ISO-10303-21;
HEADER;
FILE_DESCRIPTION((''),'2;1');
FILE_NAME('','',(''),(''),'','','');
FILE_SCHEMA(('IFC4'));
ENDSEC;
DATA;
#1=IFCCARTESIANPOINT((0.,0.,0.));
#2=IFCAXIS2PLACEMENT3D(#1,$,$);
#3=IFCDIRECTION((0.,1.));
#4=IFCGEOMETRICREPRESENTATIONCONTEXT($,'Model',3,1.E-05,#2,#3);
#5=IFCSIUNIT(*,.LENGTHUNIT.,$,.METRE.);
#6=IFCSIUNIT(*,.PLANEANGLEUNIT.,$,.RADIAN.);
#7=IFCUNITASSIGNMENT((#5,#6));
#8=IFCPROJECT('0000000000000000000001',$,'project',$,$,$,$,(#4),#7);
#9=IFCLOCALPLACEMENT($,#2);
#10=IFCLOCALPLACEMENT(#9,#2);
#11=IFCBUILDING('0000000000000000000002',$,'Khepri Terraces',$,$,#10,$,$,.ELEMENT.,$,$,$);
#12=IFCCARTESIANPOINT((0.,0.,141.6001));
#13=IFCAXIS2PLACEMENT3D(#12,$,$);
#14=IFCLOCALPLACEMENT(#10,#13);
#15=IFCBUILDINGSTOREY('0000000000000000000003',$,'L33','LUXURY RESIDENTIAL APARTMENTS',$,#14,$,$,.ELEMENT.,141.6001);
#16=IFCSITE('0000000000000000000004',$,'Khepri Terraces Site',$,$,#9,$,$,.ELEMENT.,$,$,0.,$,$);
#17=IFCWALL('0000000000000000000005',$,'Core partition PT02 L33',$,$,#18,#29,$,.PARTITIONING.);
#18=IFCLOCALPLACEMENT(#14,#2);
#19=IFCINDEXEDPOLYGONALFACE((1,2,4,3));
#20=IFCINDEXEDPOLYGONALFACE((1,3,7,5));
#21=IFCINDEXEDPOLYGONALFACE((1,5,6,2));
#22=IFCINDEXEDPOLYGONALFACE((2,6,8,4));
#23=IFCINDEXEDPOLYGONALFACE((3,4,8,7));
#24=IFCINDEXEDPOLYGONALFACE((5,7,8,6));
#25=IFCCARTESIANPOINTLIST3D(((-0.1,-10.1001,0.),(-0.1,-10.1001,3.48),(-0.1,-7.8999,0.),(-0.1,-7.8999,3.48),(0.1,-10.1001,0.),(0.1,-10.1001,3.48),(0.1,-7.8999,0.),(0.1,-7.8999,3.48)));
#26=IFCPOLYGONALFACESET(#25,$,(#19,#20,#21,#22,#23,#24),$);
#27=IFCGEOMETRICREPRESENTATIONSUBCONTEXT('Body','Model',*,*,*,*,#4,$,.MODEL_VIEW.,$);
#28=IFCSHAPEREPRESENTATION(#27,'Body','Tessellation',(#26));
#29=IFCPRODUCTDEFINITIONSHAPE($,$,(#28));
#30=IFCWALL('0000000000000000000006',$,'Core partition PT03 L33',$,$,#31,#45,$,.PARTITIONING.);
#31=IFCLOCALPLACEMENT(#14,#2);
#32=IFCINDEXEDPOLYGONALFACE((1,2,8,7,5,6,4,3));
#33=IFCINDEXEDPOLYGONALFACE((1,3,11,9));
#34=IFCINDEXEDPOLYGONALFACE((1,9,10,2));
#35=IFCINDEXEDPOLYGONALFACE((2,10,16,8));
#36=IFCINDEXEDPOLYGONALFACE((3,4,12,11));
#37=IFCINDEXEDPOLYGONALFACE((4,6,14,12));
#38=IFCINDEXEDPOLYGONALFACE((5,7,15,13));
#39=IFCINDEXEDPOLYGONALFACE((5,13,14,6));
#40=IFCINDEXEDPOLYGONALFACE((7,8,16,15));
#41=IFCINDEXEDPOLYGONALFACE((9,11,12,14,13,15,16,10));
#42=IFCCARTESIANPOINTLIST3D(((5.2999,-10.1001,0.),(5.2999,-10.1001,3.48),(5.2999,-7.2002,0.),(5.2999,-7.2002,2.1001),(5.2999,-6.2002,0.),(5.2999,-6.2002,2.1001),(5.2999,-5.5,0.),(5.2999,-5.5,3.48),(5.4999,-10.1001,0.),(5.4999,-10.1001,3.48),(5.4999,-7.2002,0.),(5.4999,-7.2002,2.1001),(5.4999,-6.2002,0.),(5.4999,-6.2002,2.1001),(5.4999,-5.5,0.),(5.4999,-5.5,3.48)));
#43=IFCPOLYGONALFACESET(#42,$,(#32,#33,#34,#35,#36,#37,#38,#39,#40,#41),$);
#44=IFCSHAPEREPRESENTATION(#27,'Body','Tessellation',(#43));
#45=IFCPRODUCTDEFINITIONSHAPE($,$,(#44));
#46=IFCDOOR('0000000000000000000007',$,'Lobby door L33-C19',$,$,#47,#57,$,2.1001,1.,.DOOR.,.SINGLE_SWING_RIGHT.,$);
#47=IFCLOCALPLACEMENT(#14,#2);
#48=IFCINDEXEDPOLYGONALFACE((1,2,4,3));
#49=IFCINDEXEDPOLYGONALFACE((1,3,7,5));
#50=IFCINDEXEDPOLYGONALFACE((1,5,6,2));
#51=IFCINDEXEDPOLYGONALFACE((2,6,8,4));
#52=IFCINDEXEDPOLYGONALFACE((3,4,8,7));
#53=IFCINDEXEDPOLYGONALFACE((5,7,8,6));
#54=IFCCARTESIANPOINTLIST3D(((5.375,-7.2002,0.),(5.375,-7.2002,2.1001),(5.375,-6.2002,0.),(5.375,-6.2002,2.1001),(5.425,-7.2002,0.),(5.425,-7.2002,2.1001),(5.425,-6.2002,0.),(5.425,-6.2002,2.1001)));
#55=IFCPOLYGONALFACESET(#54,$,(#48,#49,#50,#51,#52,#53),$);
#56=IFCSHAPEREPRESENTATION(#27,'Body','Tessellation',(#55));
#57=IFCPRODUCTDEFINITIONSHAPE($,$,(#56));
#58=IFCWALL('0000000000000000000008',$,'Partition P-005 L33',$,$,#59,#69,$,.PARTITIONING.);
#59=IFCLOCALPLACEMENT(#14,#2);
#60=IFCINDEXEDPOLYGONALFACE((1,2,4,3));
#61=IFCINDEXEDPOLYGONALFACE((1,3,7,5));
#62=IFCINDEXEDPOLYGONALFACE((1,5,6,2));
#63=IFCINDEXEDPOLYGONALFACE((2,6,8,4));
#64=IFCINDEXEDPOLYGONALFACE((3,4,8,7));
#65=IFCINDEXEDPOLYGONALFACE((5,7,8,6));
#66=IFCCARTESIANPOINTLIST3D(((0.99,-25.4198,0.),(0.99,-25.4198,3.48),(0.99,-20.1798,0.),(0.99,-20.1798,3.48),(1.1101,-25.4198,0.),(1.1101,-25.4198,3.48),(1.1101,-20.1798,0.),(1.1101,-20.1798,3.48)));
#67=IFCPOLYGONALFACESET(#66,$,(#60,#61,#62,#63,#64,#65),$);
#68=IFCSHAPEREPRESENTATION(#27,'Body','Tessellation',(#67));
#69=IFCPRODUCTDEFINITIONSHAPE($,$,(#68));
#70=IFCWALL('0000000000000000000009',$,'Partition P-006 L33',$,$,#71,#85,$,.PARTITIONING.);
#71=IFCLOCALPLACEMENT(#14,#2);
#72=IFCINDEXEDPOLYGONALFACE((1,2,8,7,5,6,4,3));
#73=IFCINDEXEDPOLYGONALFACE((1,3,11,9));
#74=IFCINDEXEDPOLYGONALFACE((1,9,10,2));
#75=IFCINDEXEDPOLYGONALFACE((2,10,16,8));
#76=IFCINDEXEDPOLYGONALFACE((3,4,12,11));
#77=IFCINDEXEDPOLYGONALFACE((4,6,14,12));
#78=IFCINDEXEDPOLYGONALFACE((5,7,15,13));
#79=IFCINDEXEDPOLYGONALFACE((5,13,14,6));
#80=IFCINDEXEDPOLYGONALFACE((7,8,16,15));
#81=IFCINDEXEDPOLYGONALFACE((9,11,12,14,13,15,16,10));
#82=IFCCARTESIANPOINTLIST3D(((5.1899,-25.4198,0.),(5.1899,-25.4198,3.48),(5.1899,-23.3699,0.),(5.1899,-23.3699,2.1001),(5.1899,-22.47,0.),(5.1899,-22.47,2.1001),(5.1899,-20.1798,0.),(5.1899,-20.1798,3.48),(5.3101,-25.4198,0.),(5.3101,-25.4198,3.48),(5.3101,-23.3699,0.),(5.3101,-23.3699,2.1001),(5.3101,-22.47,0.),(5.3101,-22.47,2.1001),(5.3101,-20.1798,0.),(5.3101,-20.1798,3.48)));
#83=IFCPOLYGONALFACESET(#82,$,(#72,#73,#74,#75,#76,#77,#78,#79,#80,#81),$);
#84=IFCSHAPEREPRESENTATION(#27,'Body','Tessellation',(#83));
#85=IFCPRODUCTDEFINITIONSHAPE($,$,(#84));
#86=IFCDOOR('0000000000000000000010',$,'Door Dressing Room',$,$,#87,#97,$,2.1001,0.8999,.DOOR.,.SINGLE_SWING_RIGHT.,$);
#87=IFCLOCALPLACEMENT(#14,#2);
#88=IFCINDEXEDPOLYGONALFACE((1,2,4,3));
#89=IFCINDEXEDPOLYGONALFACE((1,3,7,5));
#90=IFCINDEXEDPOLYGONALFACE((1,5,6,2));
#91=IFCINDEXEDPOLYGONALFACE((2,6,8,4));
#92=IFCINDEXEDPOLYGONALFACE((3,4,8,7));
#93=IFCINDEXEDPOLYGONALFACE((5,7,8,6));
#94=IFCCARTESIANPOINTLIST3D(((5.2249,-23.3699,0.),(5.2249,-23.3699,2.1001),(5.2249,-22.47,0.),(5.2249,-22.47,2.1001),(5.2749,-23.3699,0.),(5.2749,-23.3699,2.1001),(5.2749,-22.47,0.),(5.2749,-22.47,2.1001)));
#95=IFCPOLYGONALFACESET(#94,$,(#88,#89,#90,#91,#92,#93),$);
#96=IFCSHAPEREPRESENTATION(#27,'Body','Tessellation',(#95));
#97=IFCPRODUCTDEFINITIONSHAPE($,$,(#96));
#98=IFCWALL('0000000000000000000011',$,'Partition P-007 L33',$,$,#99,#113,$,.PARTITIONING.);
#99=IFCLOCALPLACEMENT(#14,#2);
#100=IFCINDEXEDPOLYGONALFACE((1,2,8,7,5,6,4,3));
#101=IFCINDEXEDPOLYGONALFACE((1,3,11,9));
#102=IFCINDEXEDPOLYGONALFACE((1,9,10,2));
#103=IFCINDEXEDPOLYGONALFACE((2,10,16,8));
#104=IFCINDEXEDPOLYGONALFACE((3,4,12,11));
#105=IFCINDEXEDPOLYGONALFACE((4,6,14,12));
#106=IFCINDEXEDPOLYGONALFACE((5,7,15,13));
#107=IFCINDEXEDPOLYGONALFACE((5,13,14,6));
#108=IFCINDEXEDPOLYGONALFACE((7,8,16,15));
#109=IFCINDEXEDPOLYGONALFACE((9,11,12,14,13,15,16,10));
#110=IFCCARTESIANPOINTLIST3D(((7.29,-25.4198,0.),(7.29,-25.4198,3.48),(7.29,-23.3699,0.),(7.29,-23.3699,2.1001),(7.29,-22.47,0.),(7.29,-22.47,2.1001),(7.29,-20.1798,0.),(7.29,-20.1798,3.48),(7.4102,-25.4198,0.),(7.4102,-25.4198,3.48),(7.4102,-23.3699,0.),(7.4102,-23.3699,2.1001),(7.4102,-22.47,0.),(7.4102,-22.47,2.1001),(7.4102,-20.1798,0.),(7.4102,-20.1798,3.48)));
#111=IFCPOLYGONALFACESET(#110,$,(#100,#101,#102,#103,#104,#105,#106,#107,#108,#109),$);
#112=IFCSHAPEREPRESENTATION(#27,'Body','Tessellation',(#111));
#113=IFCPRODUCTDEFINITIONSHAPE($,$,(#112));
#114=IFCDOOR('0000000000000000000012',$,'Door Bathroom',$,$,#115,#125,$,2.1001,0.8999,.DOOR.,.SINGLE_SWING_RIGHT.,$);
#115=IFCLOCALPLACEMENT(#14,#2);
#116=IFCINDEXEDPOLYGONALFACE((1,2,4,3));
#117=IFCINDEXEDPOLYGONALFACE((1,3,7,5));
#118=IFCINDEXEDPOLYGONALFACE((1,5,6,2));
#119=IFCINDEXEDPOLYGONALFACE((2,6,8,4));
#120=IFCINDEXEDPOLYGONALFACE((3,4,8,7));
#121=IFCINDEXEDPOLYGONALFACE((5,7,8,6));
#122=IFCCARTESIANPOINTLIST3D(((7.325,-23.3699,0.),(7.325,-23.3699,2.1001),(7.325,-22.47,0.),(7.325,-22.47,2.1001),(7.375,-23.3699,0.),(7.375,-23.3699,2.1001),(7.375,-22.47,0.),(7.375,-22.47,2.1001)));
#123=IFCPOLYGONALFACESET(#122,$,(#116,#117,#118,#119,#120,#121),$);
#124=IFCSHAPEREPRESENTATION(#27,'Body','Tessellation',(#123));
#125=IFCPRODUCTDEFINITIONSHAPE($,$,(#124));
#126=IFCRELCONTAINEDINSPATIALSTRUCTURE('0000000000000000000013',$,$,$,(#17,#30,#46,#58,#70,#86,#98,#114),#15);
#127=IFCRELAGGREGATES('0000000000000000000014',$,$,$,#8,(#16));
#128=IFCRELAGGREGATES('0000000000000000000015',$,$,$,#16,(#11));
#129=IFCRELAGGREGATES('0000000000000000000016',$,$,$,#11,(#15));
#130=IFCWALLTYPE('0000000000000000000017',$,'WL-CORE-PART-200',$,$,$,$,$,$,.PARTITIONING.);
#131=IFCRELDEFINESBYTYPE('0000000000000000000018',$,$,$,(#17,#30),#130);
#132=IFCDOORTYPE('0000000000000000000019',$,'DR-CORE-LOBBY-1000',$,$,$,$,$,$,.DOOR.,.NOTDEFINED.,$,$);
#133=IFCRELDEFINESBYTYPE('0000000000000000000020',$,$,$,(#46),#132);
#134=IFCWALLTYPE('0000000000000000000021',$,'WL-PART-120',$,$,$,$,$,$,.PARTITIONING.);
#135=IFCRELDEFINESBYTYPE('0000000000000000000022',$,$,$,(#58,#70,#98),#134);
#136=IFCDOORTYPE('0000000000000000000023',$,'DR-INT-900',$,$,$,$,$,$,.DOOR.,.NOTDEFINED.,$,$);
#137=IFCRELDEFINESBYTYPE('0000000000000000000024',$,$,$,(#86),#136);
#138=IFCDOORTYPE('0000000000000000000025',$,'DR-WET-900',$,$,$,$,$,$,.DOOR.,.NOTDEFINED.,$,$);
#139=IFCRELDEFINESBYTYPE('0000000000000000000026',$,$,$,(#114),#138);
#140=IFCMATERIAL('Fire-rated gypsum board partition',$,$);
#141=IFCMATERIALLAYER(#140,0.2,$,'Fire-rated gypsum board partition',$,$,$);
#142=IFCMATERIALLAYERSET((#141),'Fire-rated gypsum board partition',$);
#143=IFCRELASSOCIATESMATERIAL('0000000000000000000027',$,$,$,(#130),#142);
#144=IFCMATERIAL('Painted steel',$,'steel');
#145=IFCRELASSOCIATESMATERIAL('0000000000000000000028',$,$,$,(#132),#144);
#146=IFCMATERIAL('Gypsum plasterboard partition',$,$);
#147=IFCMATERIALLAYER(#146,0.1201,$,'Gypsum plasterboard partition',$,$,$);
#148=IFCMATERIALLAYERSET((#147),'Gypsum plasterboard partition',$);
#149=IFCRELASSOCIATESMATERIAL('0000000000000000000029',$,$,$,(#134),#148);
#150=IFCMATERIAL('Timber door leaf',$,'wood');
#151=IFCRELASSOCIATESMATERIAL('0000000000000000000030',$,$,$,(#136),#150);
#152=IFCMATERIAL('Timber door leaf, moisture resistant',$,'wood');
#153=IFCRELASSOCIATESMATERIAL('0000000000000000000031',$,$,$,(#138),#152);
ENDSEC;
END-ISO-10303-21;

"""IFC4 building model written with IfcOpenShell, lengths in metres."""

from ifc_helpers import new_model, si_unit, direction, frame, frame_2d, origin, place, context, subcontext, project, spatial, rectangle, extrude, material, layer, layer_set, type_object, element, fill, save


model = new_model("IFC4")

# Units and contexts
model_context = context("Model", 3, precision=1e-05, world=origin(), true_north=direction((0.0, 1.0)))
body_context = subcontext(model_context, "Body", "Model", "MODEL_VIEW")
ifc_project = project(units=[si_unit("LENGTHUNIT", "METRE"), si_unit("PLANEANGLEUNIT", "RADIAN")], contexts=[model_context])

# Site, building, storey
site_placement = place(None, origin())
site = spatial("IfcSite", under=ifc_project, at=site_placement, Name="Khepri Terraces Site", CompositionType="ELEMENT", RefElevation=0.0)
building_placement = place(site_placement, origin())
building = spatial("IfcBuilding", under=site, at=building_placement, Name="Khepri Terraces", CompositionType="ELEMENT")
storey_placement = place(building_placement, frame((0.0, 0.0, 141.6001)))
storey = spatial("IfcBuildingStorey", under=building, at=storey_placement, Name="L33", Description="LUXURY RESIDENTIAL APARTMENTS", CompositionType="ELEMENT", Elevation=141.6001)

# Wall
ifc_material_1 = material(Name="Fire-rated gypsum board partition")
ifc_layer_1 = layer(ifc_material_1, 0.2, Name="Fire-rated gypsum board partition")
ifc_layer_set_1 = layer_set([ifc_layer_1], Name="Fire-rated gypsum board partition")
wall_type_1 = type_object("IfcWallType", Name="WL-CORE-PART-200", PredefinedType="PARTITIONING", material=ifc_layer_set_1)
wall_1_placement = place(storey_placement, frame((0.0, -10.1001, 0.0), z_axis=(0.0, 0.0, 1.0), x_axis=(0.0, 1.0, 0.0)))
element("IfcWall", 1, at=wall_1_placement, inside=storey, type_object=wall_type_1, Name="Core partition PT02 L33", PredefinedType="PARTITIONING", context=body_context, shape_type="SweptSolid", body=[
    extrude(rectangle(XDim=2.2002, YDim=0.2, at=frame_2d((1.1001, 0.0))), origin(), (0.0, 0.0, 1.0), 3.48),
])

# Wall, opening, door
wall_2_placement = place(storey_placement, frame((5.3999, -10.1001, 0.0), z_axis=(0.0, 0.0, 1.0), x_axis=(0.0, 1.0, 0.0)))
wall_2 = element("IfcWall", 2, at=wall_2_placement, inside=storey, type_object=wall_type_1, Name="Core partition PT03 L33", PredefinedType="PARTITIONING", context=body_context, shape_type="SweptSolid", body=[
    extrude(rectangle(XDim=4.6001, YDim=0.2, at=frame_2d((2.3, 0.0))), origin(), (0.0, 0.0, 1.0), 3.48),
])
opening_1_placement = place(wall_2_placement, frame((2.8999, 0.0, 0.0)))
opening_1 = element("IfcOpeningElement", 3, at=opening_1_placement, cuts=wall_2, PredefinedType="OPENING", context=body_context, shape_type="SweptSolid", body=[
    extrude(rectangle(XDim=1.0, YDim=2.1001, at=frame_2d((0.5, 1.05))), frame((0.0, 0.1099, 0.0), z_axis=(0.0, -1.0, 0.0), x_axis=(1.0, 0.0, 0.0)), (0.0, 0.0, 1.0), 0.22),
])
ifc_material_2 = material(Name="Painted steel", Category="steel")
door_type_1 = type_object("IfcDoorType", Name="DR-CORE-LOBBY-1000", OperationType="NOTDEFINED", PredefinedType="DOOR", material=ifc_material_2)
door_1_placement = place(opening_1_placement, origin())
door_1 = element("IfcDoor", 4, at=door_1_placement, inside=storey, type_object=door_type_1, Name="Lobby door L33-C19", OperationType="SINGLE_SWING_RIGHT", OverallHeight=2.1001, OverallWidth=1.0, PredefinedType="DOOR", context=body_context, shape_type="SweptSolid", body=[
    extrude(rectangle(XDim=1.0, YDim=2.1001, at=frame_2d((0.5, 1.05))), frame((0.0, 0.0249, 0.0), z_axis=(0.0, -1.0, 0.0), x_axis=(1.0, 0.0, 0.0)), (0.0, 0.0, 1.0), 0.05),
])
fill(opening_1, door_1)

# Wall
ifc_material_3 = material(Name="Gypsum plasterboard partition")
ifc_layer_2 = layer(ifc_material_3, 0.1201, Name="Gypsum plasterboard partition")
ifc_layer_set_2 = layer_set([ifc_layer_2], Name="Gypsum plasterboard partition")
wall_type_2 = type_object("IfcWallType", Name="WL-PART-120", PredefinedType="PARTITIONING", material=ifc_layer_set_2)
wall_3_placement = place(storey_placement, frame((1.05, -25.4199, 0.0), z_axis=(0.0, 0.0, 1.0), x_axis=(0.0, 1.0, 0.0)))
element("IfcWall", 5, at=wall_3_placement, inside=storey, type_object=wall_type_2, Name="Partition P-005 L33", PredefinedType="PARTITIONING", context=body_context, shape_type="SweptSolid", body=[
    extrude(rectangle(XDim=5.24, YDim=0.1201, at=frame_2d((2.6201, 0.0))), origin(), (0.0, 0.0, 1.0), 3.48),
])

# Walls, openings, doors
wall_4_placement = place(storey_placement, frame((5.25, -25.4199, 0.0), z_axis=(0.0, 0.0, 1.0), x_axis=(0.0, 1.0, 0.0)))
wall_4 = element("IfcWall", 6, at=wall_4_placement, inside=storey, type_object=wall_type_2, Name="Partition P-006 L33", PredefinedType="PARTITIONING", context=body_context, shape_type="SweptSolid", body=[
    extrude(rectangle(XDim=5.24, YDim=0.1201, at=frame_2d((2.6201, 0.0))), origin(), (0.0, 0.0, 1.0), 3.48),
])
opening_2_placement = place(wall_4_placement, frame((2.05, 0.0, 0.0)))
opening_2 = element("IfcOpeningElement", 7, at=opening_2_placement, cuts=wall_4, PredefinedType="OPENING", context=body_context, shape_type="SweptSolid", body=[
    extrude(rectangle(XDim=0.8999, YDim=2.1001, at=frame_2d((0.45, 1.05))), frame((0.0, 0.0701, 0.0), z_axis=(0.0, -1.0, 0.0), x_axis=(1.0, 0.0, 0.0)), (0.0, 0.0, 1.0), 0.1401),
])
ifc_material_4 = material(Name="Timber door leaf", Category="wood")
door_type_2 = type_object("IfcDoorType", Name="DR-INT-900", OperationType="NOTDEFINED", PredefinedType="DOOR", material=ifc_material_4)
door_2_placement = place(opening_2_placement, frame((0.8999, 0.0, 0.0), z_axis=(0.0, 0.0, 1.0), x_axis=(-1.0, 0.0, 0.0)))
door_2 = element("IfcDoor", 8, at=door_2_placement, inside=storey, type_object=door_type_2, Name="Door Dressing Room", OperationType="SINGLE_SWING_RIGHT", OverallHeight=2.1001, OverallWidth=0.8999, PredefinedType="DOOR", context=body_context, shape_type="SweptSolid", body=[
    extrude(rectangle(XDim=0.8999, YDim=2.1001, at=frame_2d((0.45, 1.05))), frame((0.0, 0.0249, 0.0), z_axis=(0.0, -1.0, 0.0), x_axis=(1.0, 0.0, 0.0)), (0.0, 0.0, 1.0), 0.05),
])
fill(opening_2, door_2)
wall_5_placement = place(storey_placement, frame((7.3501, -25.4199, 0.0), z_axis=(0.0, 0.0, 1.0), x_axis=(0.0, 1.0, 0.0)))
wall_5 = element("IfcWall", 9, at=wall_5_placement, inside=storey, type_object=wall_type_2, Name="Partition P-007 L33", PredefinedType="PARTITIONING", context=body_context, shape_type="SweptSolid", body=[
    extrude(rectangle(XDim=5.24, YDim=0.1201, at=frame_2d((2.6201, 0.0))), origin(), (0.0, 0.0, 1.0), 3.48),
])
opening_3_placement = place(wall_5_placement, frame((2.05, 0.0, 0.0)))
opening_3 = element("IfcOpeningElement", 10, at=opening_3_placement, cuts=wall_5, PredefinedType="OPENING", context=body_context, shape_type="SweptSolid", body=[
    extrude(rectangle(XDim=0.8999, YDim=2.1001, at=frame_2d((0.45, 1.05))), frame((0.0, 0.0701, 0.0), z_axis=(0.0, -1.0, 0.0), x_axis=(1.0, 0.0, 0.0)), (0.0, 0.0, 1.0), 0.1401),
])
ifc_material_5 = material(Name="Timber door leaf, moisture resistant", Category="wood")
door_type_3 = type_object("IfcDoorType", Name="DR-WET-900", OperationType="NOTDEFINED", PredefinedType="DOOR", material=ifc_material_5)
door_3_placement = place(opening_3_placement, frame((0.8999, 0.0, 0.0), z_axis=(0.0, 0.0, 1.0), x_axis=(-1.0, 0.0, 0.0)))
door_3 = element("IfcDoor", 11, at=door_3_placement, inside=storey, type_object=door_type_3, Name="Door Bathroom", OperationType="SINGLE_SWING_RIGHT", OverallHeight=2.1001, OverallWidth=0.8999, PredefinedType="DOOR", context=body_context, shape_type="SweptSolid", body=[
    extrude(rectangle(XDim=0.8999, YDim=2.1001, at=frame_2d((0.45, 1.05))), frame((0.0, 0.0249, 0.0), z_axis=(0.0, -1.0, 0.0), x_axis=(1.0, 0.0, 0.0)), (0.0, 0.0, 1.0), 0.05),
])
fill(opening_3, door_3)

save(model, "model.ifc")
